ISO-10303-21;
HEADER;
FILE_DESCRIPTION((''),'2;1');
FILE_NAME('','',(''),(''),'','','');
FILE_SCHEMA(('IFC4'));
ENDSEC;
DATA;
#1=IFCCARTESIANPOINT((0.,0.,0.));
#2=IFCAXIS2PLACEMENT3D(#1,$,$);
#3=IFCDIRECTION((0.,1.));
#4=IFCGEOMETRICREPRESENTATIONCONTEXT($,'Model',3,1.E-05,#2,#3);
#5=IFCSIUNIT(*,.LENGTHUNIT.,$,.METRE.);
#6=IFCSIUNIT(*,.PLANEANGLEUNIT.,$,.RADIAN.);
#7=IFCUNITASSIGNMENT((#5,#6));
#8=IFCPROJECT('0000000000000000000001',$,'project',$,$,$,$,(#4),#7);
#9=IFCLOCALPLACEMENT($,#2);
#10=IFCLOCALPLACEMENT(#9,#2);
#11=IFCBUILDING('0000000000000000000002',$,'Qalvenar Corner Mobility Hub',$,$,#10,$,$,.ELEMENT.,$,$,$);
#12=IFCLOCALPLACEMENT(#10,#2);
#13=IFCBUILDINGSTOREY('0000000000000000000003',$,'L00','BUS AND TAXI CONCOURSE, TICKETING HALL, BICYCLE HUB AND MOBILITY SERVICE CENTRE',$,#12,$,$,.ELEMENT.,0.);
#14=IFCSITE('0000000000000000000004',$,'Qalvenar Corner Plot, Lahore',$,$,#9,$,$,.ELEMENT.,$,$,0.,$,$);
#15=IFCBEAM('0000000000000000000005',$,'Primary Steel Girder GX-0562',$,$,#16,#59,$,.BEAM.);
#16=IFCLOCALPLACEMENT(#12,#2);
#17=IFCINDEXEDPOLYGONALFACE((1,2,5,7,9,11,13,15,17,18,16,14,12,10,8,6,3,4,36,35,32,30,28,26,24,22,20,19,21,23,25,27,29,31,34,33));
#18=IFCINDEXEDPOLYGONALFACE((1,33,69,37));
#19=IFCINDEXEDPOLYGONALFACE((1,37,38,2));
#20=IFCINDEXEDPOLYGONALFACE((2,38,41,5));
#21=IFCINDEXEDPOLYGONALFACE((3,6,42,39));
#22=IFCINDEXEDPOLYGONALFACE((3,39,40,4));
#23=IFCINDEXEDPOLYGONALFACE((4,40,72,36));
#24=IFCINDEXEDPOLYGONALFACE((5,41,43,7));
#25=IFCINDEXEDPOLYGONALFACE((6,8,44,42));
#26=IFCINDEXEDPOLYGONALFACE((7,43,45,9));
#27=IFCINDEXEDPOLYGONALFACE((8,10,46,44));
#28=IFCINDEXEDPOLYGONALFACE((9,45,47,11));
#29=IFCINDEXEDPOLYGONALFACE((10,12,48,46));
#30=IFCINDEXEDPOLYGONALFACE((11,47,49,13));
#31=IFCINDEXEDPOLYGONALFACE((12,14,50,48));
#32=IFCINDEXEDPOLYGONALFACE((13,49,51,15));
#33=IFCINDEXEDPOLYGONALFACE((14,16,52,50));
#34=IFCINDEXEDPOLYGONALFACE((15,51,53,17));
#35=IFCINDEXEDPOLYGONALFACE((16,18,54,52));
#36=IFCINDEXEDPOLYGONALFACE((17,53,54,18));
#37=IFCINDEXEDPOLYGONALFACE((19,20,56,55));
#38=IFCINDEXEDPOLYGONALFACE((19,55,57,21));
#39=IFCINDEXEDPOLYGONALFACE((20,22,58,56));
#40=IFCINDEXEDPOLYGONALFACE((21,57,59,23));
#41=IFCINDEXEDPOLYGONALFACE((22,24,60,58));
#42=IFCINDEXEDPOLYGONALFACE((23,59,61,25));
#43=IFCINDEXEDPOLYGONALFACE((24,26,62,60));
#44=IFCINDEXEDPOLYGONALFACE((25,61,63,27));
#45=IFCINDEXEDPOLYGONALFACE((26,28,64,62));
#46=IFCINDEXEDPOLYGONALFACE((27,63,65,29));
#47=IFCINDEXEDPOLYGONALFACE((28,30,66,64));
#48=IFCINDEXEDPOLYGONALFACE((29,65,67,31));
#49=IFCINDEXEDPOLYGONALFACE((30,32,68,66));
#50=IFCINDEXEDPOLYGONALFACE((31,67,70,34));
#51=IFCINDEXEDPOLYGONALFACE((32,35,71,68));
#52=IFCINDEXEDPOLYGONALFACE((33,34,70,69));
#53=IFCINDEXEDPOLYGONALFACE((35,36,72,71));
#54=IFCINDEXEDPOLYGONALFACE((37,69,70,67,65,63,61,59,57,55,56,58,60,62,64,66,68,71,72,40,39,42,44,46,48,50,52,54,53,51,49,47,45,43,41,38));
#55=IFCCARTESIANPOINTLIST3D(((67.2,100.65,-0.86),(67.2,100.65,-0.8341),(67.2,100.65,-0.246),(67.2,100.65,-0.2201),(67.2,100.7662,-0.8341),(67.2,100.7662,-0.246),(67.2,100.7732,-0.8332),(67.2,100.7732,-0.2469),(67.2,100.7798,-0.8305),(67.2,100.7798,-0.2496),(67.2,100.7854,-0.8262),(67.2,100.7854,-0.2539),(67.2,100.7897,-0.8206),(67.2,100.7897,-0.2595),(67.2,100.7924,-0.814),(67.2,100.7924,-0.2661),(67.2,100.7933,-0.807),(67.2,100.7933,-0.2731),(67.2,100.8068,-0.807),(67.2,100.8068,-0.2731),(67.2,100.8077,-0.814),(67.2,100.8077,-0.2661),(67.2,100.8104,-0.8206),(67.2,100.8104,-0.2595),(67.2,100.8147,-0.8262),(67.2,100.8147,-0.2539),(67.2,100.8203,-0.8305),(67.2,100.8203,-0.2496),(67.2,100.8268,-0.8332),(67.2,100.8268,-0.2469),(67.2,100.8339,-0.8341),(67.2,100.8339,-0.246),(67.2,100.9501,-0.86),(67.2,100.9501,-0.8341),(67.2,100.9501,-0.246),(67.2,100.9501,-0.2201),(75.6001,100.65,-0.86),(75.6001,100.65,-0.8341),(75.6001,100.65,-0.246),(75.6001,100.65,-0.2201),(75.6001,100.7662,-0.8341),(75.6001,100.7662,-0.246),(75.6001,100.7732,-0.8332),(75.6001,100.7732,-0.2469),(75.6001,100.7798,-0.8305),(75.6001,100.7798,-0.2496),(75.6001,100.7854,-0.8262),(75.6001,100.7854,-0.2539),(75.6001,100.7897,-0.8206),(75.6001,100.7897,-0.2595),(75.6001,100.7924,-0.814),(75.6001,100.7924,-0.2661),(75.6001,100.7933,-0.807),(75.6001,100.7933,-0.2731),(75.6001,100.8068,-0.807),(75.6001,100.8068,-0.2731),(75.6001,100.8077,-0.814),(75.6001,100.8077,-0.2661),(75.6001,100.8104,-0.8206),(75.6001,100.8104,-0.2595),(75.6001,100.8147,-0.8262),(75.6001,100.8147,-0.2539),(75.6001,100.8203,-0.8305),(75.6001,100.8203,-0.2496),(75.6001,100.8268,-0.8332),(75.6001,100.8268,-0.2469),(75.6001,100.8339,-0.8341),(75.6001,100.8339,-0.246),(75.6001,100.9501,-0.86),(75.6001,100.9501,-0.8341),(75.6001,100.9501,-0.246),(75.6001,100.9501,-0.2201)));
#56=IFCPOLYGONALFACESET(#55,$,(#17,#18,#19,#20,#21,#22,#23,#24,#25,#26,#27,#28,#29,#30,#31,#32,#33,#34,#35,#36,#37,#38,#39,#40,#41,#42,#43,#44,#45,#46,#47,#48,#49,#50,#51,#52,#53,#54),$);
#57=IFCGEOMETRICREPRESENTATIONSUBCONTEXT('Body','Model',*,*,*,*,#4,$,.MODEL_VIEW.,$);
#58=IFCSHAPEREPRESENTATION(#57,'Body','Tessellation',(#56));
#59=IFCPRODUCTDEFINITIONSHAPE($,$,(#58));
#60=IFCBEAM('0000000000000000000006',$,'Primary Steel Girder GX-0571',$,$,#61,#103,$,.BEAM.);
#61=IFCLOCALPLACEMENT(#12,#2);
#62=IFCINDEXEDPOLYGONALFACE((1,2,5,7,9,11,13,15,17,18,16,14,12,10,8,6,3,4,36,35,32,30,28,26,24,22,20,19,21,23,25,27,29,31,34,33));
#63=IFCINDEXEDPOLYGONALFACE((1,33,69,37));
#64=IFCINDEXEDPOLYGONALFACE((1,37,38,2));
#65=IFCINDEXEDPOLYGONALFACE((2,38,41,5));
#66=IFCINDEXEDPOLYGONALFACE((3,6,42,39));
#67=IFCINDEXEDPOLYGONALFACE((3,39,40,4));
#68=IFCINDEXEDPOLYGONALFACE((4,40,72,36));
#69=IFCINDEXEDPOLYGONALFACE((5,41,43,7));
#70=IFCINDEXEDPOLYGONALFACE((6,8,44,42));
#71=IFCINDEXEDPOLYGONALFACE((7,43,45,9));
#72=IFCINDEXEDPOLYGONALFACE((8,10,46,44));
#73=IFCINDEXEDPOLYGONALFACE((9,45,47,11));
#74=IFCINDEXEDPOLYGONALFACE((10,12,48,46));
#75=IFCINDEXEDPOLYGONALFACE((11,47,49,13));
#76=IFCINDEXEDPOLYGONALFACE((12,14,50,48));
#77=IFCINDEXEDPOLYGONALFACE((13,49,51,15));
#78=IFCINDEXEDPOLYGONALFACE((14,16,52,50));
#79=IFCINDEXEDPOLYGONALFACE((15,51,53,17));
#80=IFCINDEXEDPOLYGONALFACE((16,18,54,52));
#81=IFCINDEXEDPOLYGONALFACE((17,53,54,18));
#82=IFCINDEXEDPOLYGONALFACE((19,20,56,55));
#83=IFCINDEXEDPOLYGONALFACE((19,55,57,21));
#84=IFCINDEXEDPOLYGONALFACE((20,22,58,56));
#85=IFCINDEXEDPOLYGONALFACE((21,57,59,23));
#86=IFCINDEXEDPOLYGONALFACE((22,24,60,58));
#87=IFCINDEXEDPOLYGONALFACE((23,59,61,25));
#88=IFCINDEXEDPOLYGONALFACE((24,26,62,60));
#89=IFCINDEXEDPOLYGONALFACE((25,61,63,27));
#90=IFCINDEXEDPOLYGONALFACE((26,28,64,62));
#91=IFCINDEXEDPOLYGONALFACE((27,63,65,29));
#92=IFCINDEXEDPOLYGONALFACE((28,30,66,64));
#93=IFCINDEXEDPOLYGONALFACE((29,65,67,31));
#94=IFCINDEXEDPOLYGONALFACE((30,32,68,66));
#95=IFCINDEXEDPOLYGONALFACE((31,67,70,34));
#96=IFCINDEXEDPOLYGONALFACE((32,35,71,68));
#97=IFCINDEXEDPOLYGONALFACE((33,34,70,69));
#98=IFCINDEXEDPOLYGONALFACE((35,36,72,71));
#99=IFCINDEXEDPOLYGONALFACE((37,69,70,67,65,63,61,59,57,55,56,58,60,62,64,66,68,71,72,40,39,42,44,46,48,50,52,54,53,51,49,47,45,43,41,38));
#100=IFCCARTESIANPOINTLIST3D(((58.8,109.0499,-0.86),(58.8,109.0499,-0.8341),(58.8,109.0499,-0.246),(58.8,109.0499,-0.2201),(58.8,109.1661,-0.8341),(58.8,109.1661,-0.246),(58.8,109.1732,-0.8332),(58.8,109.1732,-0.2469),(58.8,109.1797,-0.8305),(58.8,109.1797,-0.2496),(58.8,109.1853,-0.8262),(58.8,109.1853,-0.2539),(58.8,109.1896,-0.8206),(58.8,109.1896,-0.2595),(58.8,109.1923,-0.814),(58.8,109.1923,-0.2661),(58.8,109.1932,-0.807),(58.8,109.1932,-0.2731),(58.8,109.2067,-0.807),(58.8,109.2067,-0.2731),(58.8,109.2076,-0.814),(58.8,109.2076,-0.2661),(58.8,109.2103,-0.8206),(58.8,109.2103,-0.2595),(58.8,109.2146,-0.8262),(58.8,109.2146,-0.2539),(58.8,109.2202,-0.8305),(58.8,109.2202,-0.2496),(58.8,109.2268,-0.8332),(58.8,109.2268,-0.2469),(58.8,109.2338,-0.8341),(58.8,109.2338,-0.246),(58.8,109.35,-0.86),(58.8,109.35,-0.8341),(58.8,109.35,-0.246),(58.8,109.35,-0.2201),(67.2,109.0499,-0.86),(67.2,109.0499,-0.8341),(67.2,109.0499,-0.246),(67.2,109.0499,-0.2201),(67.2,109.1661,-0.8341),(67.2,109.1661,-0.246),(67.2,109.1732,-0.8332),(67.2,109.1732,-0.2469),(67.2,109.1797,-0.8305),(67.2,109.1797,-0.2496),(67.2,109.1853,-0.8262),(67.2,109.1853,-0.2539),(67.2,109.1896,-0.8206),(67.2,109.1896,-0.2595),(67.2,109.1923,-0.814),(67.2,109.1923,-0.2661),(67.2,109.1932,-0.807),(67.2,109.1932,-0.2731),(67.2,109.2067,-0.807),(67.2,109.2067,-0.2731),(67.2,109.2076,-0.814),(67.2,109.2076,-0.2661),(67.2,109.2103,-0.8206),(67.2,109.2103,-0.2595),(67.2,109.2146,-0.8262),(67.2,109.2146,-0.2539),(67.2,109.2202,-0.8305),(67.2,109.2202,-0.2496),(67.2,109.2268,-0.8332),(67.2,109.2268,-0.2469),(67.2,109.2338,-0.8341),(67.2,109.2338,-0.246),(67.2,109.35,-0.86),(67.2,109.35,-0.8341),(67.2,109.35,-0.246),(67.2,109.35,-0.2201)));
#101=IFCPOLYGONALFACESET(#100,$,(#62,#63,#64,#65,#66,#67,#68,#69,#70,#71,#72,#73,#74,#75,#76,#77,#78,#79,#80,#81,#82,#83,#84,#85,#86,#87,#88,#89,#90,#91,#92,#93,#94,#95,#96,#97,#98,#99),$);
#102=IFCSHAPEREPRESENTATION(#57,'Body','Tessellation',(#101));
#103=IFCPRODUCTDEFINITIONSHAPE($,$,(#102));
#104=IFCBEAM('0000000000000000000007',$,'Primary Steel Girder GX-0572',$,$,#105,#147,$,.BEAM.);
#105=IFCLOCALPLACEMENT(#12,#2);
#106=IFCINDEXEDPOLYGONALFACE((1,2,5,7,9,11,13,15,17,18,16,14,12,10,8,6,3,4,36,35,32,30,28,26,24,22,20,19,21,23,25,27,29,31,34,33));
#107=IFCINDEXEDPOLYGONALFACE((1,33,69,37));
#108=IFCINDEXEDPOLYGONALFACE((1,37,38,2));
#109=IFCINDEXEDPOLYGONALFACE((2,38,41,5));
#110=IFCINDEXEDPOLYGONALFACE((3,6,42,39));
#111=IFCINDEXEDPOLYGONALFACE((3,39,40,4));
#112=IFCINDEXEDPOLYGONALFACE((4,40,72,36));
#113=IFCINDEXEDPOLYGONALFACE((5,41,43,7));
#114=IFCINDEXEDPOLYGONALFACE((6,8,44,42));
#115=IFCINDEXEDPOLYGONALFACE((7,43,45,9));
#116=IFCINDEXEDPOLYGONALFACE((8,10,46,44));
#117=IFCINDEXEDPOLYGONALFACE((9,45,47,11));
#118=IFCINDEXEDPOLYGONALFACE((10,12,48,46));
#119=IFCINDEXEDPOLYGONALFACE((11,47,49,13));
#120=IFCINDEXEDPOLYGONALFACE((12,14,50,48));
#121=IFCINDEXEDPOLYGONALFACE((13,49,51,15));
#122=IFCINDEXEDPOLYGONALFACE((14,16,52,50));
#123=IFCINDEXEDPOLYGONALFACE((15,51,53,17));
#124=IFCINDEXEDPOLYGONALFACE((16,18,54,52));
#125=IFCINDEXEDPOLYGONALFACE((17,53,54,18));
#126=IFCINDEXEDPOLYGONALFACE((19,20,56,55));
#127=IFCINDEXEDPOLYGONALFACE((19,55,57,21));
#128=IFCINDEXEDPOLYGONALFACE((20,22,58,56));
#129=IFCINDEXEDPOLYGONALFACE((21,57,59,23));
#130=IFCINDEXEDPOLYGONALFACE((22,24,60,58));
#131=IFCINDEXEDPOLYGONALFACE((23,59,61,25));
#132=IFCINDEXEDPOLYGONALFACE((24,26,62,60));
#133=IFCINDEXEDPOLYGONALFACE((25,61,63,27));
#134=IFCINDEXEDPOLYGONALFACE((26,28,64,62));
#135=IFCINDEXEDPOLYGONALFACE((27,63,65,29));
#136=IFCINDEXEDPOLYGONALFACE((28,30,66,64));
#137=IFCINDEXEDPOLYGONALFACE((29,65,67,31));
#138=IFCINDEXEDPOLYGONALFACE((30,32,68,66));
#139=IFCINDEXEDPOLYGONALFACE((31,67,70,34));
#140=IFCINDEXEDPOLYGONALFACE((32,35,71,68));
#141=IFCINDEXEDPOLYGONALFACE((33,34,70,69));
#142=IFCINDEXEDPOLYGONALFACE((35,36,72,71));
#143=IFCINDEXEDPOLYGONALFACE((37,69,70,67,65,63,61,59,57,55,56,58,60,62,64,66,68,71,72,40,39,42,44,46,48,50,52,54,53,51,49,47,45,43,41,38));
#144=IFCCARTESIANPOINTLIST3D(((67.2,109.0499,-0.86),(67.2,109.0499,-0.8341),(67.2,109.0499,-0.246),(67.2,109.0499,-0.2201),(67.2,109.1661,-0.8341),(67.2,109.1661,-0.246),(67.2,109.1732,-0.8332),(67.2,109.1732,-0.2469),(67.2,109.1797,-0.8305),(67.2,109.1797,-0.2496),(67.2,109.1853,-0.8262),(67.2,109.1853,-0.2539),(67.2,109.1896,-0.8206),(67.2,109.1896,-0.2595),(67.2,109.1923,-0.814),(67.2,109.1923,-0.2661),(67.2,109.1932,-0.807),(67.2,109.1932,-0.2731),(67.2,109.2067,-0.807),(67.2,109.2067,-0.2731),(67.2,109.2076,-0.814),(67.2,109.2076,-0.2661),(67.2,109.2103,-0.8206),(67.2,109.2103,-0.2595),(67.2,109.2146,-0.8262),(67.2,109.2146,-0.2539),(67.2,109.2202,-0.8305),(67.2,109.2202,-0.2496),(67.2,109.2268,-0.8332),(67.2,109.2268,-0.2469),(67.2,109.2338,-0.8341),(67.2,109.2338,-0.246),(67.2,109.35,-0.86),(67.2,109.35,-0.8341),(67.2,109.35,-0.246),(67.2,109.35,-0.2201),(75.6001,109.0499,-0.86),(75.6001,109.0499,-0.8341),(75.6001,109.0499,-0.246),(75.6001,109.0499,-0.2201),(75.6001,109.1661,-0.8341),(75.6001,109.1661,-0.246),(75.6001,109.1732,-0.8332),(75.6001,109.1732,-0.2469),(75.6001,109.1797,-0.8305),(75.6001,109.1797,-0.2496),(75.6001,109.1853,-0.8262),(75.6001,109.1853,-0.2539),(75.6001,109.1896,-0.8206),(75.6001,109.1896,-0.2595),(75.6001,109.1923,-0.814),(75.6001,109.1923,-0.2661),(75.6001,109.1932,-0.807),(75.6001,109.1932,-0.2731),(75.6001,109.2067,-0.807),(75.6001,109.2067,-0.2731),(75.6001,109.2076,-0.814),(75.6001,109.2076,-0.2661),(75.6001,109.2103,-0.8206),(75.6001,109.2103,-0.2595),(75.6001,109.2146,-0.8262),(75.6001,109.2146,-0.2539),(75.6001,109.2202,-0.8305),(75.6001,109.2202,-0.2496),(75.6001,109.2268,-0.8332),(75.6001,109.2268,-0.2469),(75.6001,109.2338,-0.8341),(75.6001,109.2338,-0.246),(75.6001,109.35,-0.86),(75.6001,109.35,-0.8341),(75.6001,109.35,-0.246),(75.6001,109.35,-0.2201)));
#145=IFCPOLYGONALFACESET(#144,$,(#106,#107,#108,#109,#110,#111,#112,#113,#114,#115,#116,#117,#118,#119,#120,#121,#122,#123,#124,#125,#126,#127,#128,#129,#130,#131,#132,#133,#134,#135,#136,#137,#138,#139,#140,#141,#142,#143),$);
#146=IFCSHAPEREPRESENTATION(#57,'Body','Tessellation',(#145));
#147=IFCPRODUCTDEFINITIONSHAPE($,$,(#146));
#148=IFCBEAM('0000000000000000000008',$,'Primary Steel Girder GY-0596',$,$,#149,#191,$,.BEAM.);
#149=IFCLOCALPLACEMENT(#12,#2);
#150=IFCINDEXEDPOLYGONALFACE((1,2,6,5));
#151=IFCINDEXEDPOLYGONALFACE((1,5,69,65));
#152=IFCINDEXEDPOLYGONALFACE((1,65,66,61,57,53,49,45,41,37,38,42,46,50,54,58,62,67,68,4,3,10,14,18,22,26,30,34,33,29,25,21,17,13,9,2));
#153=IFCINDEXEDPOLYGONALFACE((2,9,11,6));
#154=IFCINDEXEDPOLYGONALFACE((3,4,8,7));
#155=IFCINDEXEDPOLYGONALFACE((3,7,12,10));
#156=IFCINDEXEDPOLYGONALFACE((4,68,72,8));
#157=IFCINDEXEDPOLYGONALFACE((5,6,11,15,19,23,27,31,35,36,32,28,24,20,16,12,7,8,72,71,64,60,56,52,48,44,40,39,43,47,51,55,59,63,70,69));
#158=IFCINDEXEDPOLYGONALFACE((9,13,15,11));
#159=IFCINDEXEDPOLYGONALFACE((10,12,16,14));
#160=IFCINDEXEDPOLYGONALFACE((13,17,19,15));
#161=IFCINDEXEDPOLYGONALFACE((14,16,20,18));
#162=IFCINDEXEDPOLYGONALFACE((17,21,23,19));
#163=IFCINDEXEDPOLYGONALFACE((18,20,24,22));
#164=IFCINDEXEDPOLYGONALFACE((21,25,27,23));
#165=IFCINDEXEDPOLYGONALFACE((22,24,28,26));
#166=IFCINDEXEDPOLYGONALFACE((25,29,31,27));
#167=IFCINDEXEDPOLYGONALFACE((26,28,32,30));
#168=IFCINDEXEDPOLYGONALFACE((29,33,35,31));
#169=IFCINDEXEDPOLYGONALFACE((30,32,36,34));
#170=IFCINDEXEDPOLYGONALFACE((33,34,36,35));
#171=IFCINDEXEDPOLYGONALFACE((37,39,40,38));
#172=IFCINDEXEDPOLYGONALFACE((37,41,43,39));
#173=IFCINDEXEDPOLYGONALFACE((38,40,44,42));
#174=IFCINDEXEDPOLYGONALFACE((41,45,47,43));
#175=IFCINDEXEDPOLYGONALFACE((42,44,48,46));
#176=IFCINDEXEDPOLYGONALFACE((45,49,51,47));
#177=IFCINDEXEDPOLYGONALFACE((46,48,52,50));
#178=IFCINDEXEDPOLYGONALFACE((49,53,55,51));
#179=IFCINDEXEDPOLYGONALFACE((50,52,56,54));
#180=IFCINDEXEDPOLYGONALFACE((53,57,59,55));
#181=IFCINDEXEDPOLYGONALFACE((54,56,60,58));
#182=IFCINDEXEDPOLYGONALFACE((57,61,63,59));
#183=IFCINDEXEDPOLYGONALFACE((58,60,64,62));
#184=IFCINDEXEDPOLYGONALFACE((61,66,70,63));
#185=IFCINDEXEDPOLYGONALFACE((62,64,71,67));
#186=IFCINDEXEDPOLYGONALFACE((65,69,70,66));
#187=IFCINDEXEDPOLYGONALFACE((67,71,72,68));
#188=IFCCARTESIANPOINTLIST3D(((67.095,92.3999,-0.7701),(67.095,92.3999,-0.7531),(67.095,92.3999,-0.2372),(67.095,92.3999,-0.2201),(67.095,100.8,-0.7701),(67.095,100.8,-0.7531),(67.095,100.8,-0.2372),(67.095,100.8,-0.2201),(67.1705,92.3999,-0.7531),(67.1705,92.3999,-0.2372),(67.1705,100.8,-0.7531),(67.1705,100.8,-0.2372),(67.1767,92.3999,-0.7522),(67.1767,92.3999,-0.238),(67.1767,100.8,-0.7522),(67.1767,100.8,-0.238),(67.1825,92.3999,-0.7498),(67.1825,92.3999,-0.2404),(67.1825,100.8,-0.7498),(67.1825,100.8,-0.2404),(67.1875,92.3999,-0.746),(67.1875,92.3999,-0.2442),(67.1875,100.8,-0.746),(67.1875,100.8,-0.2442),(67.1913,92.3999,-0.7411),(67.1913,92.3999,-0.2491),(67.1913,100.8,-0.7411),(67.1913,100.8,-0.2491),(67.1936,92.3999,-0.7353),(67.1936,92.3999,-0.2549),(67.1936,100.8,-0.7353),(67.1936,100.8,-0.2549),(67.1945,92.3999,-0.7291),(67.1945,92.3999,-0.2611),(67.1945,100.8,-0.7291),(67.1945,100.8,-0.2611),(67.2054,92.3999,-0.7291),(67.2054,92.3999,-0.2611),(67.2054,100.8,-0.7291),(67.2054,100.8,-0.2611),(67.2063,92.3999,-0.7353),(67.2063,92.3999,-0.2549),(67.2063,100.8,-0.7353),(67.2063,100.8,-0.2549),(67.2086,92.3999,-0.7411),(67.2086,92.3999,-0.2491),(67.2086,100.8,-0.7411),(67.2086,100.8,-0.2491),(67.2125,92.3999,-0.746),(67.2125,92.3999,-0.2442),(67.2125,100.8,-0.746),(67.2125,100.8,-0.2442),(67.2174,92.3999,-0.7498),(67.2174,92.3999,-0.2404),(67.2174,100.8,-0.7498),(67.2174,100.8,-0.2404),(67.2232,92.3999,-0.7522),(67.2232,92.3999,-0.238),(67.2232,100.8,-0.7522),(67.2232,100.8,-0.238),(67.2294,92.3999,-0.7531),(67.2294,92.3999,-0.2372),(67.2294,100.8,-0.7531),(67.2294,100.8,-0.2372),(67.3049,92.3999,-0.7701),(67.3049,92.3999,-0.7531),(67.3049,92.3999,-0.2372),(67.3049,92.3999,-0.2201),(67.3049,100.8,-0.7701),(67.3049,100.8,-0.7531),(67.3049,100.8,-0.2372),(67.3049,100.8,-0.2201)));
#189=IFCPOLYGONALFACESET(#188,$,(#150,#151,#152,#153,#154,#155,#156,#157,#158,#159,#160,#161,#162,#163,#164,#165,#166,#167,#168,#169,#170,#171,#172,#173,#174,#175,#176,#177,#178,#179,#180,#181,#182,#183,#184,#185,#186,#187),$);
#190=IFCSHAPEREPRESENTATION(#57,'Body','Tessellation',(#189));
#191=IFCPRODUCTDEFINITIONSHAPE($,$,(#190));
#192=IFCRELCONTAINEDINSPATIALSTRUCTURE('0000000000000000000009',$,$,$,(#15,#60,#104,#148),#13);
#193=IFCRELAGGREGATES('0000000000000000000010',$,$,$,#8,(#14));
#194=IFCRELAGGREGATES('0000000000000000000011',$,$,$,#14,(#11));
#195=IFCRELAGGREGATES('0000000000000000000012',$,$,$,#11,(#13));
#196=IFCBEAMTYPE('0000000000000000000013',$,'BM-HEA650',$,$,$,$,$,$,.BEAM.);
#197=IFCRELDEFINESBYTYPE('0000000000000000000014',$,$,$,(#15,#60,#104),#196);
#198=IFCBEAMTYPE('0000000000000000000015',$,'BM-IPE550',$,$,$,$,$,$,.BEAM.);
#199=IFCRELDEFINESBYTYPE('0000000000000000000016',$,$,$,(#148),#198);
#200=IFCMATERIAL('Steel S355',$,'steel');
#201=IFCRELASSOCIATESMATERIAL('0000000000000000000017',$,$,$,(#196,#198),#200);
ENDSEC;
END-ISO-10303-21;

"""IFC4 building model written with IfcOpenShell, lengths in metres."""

from ifc_helpers import new_model, si_unit, direction, frame, origin, origin_2d, place, context, subcontext, project, spatial, i_section, extrude, material, material_profile, profile_set, type_object, element, save


model = new_model("IFC4")

# Units and contexts
model_context = context("Model", 3, precision=1e-05, world=origin(), true_north=direction((0.0, 1.0)))
body_context = subcontext(model_context, "Body", "Model", "MODEL_VIEW")
ifc_project = project(units=[si_unit("LENGTHUNIT", "METRE"), si_unit("PLANEANGLEUNIT", "RADIAN")], contexts=[model_context])

# Site, building, storey
site_placement = place(None, origin())
site = spatial("IfcSite", under=ifc_project, at=site_placement, Name="Qalvenar Corner Plot, Lahore", CompositionType="ELEMENT", RefElevation=0.0)
building_placement = place(site_placement, origin())
building = spatial("IfcBuilding", under=site, at=building_placement, Name="Qalvenar Corner Mobility Hub", CompositionType="ELEMENT")
storey_placement = place(building_placement, origin())
storey = spatial("IfcBuildingStorey", under=building, at=storey_placement, Name="L00", Description="BUS AND TAXI CONCOURSE, TICKETING HALL, BICYCLE HUB AND MOBILITY SERVICE CENTRE", CompositionType="ELEMENT", Elevation=0.0)

# Shared definitions
ifc_material_1 = material(Name="Steel S355", Category="steel")

# Beams
ifc_material_profile_1 = material_profile(ifc_material_1, i_section(OverallWidth=0.3, OverallDepth=0.6399, WebThickness=0.0134, FlangeThickness=0.0259, FilletRadius=0.0271, at=origin_2d()), Name="HEA650")
ifc_profile_set_1 = profile_set([ifc_material_profile_1], Name="Steel S355")
beam_type_1 = type_object("IfcBeamType", Name="BM-HEA650", PredefinedType="BEAM", material=ifc_profile_set_1)
beam_1_placement = place(storey_placement, frame((67.2, 100.8, -0.54), z_axis=(1.0, 0.0, 0.0), x_axis=(0.0, 1.0, 0.0)))
element("IfcBeam", 1, at=beam_1_placement, inside=storey, type_object=beam_type_1, Name="Primary Steel Girder GX-0562", PredefinedType="BEAM", context=body_context, shape_type="SweptSolid", body=[
    extrude(i_section(OverallWidth=0.3, OverallDepth=0.6399, WebThickness=0.0134, FlangeThickness=0.0259, FilletRadius=0.0271, at=origin_2d()), origin(), (0.0, 0.0, 1.0), 8.4001),
])
beam_2_placement = place(storey_placement, frame((58.8, 109.2, -0.54), z_axis=(1.0, 0.0, 0.0), x_axis=(0.0, 1.0, 0.0)))
element("IfcBeam", 2, at=beam_2_placement, inside=storey, type_object=beam_type_1, Name="Primary Steel Girder GX-0571", PredefinedType="BEAM", context=body_context, shape_type="SweptSolid", body=[
    extrude(i_section(OverallWidth=0.3, OverallDepth=0.6399, WebThickness=0.0134, FlangeThickness=0.0259, FilletRadius=0.0271, at=origin_2d()), origin(), (0.0, 0.0, 1.0), 8.3999),
])
beam_3_placement = place(storey_placement, frame((67.2, 109.2, -0.54), z_axis=(1.0, 0.0, 0.0), x_axis=(0.0, 1.0, 0.0)))
element("IfcBeam", 3, at=beam_3_placement, inside=storey, type_object=beam_type_1, Name="Primary Steel Girder GX-0572", PredefinedType="BEAM", context=body_context, shape_type="SweptSolid", body=[
    extrude(i_section(OverallWidth=0.3, OverallDepth=0.6399, WebThickness=0.0134, FlangeThickness=0.0259, FilletRadius=0.0271, at=origin_2d()), origin(), (0.0, 0.0, 1.0), 8.4001),
])
ifc_material_profile_2 = material_profile(ifc_material_1, i_section(OverallWidth=0.21, OverallDepth=0.55, WebThickness=0.011, FlangeThickness=0.0171, FilletRadius=0.0239, at=origin_2d()), Name="IPE550")
ifc_profile_set_2 = profile_set([ifc_material_profile_2], Name="Steel S355")
beam_type_2 = type_object("IfcBeamType", Name="BM-IPE550", PredefinedType="BEAM", material=ifc_profile_set_2)
beam_4_placement = place(storey_placement, frame((67.2, 92.3999, -0.4951), z_axis=(0.0, 1.0, 0.0), x_axis=(-1.0, 0.0, 0.0)))
element("IfcBeam", 4, at=beam_4_placement, inside=storey, type_object=beam_type_2, Name="Primary Steel Girder GY-0596", PredefinedType="BEAM", context=body_context, shape_type="SweptSolid", body=[
    extrude(i_section(OverallWidth=0.21, OverallDepth=0.55, WebThickness=0.011, FlangeThickness=0.0171, FilletRadius=0.0239, at=origin_2d()), origin(), (0.0, 0.0, 1.0), 8.4001),
])

save(model, "model.ifc")
